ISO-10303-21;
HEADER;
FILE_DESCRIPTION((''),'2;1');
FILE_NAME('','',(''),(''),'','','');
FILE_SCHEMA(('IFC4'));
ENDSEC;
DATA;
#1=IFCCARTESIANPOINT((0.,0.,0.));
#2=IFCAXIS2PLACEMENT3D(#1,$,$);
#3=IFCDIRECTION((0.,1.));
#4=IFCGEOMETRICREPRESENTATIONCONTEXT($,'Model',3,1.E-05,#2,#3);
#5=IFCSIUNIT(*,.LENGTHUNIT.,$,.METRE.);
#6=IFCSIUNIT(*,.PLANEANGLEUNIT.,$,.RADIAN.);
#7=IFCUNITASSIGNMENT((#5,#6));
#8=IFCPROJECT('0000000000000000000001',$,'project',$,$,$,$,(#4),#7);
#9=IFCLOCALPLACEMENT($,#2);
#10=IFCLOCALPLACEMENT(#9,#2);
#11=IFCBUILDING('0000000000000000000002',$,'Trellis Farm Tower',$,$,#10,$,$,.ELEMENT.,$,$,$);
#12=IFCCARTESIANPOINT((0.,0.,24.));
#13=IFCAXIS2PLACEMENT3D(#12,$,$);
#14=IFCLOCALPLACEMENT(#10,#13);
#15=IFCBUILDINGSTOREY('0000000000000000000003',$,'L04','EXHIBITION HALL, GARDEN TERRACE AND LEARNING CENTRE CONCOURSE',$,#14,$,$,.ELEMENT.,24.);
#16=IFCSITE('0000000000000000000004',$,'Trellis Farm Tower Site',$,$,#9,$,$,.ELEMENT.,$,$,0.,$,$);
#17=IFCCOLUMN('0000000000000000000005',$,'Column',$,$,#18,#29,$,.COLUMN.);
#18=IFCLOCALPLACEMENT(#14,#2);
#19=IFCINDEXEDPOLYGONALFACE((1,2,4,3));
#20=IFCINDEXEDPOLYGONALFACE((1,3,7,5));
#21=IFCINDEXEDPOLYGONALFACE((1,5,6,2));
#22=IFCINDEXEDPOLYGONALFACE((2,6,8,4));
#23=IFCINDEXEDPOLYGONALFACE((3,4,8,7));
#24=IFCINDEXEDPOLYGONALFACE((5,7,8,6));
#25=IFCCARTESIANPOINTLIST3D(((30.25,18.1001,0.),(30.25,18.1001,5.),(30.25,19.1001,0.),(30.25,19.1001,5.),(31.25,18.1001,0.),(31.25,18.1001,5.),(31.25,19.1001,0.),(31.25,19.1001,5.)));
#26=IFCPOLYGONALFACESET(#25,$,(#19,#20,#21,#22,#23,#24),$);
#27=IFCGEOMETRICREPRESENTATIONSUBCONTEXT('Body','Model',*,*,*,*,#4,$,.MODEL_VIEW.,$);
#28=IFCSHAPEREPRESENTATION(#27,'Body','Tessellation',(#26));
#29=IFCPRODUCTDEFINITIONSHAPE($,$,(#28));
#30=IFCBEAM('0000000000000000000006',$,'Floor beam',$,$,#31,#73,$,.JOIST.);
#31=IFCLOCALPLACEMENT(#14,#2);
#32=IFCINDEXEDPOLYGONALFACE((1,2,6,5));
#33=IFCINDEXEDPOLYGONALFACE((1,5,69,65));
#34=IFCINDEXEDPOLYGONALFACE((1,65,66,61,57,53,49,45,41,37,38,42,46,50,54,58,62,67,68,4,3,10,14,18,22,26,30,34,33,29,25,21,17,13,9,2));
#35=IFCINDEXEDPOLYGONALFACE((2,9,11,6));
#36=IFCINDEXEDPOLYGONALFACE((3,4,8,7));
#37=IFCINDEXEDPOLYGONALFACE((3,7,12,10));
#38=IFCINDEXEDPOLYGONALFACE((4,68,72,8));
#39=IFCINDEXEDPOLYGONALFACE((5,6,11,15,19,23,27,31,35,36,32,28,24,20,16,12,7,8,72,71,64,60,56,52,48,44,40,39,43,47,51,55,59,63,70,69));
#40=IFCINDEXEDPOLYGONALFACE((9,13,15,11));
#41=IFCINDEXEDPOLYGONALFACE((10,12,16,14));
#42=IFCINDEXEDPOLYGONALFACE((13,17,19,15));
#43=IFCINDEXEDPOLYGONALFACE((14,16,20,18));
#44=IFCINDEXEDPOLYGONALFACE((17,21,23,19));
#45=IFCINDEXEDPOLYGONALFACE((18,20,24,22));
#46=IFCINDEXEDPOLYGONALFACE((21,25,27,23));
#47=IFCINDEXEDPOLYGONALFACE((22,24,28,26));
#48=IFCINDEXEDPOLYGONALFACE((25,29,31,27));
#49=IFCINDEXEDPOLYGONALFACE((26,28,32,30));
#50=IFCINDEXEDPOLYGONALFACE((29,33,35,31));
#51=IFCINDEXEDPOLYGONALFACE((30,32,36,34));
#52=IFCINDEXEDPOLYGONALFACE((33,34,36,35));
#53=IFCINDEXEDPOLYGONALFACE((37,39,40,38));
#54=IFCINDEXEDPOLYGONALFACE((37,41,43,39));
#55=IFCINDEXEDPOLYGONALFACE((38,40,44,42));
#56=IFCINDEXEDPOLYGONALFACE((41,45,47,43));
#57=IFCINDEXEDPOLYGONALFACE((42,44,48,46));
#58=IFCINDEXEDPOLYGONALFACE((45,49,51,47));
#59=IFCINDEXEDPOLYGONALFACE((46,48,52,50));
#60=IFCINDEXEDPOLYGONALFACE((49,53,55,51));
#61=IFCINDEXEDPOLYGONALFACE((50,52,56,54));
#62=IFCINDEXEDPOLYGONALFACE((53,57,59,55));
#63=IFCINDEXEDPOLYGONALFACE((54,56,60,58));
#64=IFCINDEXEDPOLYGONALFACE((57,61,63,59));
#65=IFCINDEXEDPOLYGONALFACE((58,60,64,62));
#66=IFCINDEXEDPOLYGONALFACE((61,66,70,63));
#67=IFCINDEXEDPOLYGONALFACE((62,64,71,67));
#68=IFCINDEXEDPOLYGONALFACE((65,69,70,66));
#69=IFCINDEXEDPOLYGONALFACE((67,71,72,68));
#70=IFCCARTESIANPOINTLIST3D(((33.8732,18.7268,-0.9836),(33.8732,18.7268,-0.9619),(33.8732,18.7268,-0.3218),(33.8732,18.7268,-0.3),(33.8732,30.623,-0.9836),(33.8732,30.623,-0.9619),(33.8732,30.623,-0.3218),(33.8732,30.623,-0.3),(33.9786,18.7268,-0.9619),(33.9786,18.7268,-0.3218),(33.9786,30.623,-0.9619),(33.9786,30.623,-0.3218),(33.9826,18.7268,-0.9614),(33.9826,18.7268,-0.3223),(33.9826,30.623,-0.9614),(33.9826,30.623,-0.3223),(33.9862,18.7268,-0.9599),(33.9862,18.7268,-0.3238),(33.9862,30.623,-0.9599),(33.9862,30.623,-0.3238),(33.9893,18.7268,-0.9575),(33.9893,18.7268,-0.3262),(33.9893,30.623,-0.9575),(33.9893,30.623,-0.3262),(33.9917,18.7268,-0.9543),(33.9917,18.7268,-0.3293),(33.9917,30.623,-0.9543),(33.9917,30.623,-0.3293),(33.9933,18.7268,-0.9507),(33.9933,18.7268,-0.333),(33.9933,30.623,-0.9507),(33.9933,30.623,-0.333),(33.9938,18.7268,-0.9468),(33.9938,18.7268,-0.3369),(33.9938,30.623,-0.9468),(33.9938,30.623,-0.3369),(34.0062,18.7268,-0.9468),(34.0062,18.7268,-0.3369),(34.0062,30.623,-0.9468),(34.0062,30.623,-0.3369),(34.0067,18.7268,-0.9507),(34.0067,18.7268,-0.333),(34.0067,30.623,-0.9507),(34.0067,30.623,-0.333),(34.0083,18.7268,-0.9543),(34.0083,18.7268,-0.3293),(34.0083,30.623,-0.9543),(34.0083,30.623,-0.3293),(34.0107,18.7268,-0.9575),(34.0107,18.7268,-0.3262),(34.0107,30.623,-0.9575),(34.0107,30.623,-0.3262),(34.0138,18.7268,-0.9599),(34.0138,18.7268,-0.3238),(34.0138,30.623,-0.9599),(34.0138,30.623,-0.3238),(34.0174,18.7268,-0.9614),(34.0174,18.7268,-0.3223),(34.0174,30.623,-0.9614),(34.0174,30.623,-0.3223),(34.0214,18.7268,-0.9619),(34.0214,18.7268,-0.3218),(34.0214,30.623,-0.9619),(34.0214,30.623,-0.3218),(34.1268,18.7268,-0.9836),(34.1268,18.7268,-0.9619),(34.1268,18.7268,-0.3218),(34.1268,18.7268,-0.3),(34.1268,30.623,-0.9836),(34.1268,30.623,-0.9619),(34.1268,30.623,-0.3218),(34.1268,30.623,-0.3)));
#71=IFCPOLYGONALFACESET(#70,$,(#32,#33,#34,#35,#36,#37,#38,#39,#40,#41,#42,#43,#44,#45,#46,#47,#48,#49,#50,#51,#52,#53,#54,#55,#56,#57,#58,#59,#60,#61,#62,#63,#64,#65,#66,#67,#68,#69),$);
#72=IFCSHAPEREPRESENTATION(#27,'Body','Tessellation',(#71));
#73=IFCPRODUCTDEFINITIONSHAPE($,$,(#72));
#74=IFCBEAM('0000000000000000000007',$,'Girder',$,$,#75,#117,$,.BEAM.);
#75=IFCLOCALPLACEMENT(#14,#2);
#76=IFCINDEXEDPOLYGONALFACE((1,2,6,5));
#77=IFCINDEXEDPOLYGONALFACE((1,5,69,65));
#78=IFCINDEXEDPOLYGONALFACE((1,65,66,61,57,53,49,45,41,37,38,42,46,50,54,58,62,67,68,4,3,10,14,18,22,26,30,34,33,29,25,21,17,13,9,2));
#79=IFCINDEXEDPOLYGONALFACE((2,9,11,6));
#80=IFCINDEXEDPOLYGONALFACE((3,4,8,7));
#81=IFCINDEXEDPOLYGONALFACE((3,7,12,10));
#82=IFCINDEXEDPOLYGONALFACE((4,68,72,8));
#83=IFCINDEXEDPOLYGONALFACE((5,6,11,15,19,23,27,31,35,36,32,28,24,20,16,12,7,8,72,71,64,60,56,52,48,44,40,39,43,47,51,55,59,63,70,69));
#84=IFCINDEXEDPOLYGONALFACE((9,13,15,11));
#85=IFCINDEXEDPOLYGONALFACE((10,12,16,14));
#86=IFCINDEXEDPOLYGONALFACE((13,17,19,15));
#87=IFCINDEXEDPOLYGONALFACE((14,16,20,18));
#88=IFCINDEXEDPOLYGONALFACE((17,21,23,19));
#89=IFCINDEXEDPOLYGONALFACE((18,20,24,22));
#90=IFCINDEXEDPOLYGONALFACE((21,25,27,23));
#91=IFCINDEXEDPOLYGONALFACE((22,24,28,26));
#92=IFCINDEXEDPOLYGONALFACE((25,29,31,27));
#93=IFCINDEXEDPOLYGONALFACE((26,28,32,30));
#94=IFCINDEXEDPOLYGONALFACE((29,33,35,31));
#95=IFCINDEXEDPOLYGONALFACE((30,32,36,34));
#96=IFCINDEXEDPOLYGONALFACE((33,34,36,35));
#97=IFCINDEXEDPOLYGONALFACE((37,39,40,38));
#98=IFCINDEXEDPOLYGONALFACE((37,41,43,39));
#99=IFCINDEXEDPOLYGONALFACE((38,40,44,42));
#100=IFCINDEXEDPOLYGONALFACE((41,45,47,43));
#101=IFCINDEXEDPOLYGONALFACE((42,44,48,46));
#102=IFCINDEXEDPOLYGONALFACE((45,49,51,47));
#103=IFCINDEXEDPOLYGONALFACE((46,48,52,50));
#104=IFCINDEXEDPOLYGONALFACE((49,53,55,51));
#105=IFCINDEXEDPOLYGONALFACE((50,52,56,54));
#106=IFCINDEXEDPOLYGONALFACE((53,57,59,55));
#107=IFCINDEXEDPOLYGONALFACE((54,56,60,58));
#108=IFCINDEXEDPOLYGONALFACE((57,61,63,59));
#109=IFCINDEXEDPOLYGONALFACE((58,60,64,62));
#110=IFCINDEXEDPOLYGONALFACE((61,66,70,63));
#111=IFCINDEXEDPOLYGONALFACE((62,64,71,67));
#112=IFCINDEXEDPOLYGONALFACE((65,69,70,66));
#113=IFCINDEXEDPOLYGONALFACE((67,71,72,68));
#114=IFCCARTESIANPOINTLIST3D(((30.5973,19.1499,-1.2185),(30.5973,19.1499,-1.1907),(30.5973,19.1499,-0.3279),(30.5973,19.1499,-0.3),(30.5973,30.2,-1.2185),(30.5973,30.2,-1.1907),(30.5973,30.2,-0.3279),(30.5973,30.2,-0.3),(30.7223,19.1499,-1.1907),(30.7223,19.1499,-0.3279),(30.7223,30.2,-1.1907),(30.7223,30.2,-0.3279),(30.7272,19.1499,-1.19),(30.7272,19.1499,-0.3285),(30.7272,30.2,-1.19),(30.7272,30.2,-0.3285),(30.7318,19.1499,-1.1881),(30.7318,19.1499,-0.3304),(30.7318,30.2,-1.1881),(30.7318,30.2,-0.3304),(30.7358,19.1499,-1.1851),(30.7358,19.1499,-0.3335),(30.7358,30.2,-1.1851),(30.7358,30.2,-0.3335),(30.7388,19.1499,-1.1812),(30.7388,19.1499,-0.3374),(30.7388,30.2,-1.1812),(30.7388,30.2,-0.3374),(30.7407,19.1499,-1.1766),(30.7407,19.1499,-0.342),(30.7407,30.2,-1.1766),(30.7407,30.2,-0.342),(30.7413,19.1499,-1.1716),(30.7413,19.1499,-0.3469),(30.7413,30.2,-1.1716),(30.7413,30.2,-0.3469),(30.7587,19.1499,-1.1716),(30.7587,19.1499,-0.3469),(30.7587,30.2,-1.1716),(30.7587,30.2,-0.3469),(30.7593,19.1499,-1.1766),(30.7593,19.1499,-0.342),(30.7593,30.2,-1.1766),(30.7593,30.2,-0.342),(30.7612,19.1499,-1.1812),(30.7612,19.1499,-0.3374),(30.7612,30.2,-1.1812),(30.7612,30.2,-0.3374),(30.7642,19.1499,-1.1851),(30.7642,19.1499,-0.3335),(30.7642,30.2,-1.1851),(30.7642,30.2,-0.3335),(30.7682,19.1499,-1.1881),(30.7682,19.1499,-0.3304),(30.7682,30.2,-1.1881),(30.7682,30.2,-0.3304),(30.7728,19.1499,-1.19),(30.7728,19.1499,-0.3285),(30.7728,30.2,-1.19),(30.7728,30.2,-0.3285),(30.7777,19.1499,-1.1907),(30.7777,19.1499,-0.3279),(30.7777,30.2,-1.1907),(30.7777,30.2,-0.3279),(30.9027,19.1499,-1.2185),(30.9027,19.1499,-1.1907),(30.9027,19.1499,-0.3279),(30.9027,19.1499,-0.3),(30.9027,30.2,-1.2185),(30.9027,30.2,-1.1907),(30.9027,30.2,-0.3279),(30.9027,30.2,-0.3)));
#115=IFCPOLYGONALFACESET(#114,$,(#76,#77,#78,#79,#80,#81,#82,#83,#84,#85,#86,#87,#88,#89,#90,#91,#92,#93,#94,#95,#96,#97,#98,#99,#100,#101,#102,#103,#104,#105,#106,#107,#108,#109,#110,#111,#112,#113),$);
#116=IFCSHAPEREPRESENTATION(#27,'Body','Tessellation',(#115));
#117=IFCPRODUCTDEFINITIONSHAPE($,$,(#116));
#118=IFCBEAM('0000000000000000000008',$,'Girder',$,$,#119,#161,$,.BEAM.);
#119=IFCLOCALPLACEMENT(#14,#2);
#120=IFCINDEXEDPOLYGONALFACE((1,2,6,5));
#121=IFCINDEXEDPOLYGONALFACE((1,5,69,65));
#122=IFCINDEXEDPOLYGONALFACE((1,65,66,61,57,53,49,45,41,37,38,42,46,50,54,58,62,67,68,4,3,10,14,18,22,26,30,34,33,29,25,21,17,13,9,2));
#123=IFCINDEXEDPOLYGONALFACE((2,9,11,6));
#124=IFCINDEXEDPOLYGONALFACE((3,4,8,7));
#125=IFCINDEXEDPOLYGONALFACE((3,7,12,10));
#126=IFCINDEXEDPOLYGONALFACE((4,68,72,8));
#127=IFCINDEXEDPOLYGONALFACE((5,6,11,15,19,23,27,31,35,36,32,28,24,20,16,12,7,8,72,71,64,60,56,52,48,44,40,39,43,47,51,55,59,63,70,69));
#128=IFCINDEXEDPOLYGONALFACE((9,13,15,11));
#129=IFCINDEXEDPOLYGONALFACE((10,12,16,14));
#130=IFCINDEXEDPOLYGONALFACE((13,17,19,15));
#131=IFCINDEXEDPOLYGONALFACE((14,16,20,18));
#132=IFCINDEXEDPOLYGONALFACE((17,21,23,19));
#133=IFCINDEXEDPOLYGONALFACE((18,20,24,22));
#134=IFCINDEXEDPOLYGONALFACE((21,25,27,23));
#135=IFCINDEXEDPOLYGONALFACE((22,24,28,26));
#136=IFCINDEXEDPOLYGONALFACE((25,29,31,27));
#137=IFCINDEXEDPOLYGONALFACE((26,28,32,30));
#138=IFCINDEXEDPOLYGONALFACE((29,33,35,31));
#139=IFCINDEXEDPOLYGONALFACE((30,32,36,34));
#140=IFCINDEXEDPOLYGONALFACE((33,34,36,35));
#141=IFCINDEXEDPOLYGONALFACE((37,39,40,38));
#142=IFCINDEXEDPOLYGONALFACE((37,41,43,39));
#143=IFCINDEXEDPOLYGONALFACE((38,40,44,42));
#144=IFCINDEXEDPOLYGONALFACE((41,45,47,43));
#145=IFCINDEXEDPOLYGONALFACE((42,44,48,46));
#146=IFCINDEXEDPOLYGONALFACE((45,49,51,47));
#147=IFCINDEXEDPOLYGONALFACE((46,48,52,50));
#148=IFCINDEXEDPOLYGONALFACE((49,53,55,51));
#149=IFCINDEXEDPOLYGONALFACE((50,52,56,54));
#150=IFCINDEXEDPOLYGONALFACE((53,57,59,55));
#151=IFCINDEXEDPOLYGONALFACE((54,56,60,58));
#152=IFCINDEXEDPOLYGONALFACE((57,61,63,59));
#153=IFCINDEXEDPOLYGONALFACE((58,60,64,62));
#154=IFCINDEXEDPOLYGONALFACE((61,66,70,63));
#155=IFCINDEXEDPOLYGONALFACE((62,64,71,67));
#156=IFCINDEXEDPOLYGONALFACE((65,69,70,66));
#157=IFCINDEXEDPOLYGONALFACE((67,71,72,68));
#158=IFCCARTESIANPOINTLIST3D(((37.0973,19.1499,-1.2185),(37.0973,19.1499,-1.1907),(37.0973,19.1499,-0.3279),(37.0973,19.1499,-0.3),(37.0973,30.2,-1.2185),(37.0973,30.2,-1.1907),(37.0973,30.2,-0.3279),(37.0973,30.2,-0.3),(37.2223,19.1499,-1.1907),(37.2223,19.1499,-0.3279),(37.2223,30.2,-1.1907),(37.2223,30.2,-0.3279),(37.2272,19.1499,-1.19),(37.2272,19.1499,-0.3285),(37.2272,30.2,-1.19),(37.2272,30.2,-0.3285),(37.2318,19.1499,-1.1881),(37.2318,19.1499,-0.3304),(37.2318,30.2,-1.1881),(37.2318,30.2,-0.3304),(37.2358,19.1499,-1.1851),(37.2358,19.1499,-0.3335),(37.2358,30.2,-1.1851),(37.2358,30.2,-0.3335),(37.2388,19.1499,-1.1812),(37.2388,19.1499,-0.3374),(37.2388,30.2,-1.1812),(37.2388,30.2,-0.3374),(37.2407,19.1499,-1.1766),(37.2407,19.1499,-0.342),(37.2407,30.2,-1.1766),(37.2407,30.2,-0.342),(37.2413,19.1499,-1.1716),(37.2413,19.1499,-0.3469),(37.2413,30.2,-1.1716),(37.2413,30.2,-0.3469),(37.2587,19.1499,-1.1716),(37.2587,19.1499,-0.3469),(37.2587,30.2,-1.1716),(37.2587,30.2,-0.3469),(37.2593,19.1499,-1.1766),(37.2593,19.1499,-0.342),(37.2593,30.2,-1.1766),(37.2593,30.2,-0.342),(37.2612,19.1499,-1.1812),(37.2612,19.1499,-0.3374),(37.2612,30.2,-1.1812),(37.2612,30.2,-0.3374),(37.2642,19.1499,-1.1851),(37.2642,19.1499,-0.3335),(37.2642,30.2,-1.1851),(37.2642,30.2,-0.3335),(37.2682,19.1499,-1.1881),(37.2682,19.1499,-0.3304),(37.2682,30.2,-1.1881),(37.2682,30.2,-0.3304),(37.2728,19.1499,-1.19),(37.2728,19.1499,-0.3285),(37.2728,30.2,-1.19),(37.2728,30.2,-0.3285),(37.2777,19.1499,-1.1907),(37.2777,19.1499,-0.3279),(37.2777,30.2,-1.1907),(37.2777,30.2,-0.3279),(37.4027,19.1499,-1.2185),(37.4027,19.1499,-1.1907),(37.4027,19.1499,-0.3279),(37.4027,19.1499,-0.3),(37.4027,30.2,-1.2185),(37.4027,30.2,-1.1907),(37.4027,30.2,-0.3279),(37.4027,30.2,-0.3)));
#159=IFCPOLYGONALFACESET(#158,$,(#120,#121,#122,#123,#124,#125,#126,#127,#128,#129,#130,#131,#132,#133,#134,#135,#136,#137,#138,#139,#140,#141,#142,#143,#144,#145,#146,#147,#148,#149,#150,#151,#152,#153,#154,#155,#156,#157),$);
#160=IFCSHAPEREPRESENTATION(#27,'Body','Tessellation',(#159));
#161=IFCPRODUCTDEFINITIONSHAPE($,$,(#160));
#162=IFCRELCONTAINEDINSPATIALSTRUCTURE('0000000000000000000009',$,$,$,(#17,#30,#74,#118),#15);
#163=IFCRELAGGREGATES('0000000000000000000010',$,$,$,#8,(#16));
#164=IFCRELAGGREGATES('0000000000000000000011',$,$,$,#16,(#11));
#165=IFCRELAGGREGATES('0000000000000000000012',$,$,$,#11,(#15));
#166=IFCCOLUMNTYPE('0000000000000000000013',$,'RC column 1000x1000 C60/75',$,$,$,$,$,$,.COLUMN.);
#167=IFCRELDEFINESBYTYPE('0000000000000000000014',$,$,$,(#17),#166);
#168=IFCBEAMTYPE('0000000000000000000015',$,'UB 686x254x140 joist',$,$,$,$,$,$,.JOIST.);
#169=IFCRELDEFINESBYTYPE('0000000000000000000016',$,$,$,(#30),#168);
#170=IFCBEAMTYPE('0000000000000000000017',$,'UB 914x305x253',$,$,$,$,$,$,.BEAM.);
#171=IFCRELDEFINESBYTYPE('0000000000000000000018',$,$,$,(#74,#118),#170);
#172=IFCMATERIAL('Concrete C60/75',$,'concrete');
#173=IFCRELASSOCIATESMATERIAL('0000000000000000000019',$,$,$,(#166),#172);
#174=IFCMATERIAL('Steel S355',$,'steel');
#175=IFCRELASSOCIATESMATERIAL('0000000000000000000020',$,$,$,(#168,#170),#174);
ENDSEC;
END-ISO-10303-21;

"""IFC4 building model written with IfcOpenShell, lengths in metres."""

from ifc_helpers import new_model, si_unit, direction, frame, origin, origin_2d, place, context, subcontext, project, spatial, rectangle, i_section, extrude, source, transform, mapped, material, material_profile, profile_set, type_object, element, save


model = new_model("IFC4")

# Units and contexts
model_context = context("Model", 3, precision=1e-05, world=origin(), true_north=direction((0.0, 1.0)))
body_context = subcontext(model_context, "Body", "Model", "MODEL_VIEW")
ifc_project = project(units=[si_unit("LENGTHUNIT", "METRE"), si_unit("PLANEANGLEUNIT", "RADIAN")], contexts=[model_context])

# Site, building, storey
site_placement = place(None, origin())
site = spatial("IfcSite", under=ifc_project, at=site_placement, Name="Trellis Farm Tower Site", CompositionType="ELEMENT", RefElevation=0.0)
building_placement = place(site_placement, origin())
building = spatial("IfcBuilding", under=site, at=building_placement, Name="Trellis Farm Tower", CompositionType="ELEMENT")
storey_placement = place(building_placement, frame((0.0, 0.0, 24.0)))
storey = spatial("IfcBuildingStorey", under=building, at=storey_placement, Name="L04", Description="EXHIBITION HALL, GARDEN TERRACE AND LEARNING CENTRE CONCOURSE", CompositionType="ELEMENT", Elevation=24.0)

# Column
ifc_material_1 = material(Name="Concrete C60/75", Category="concrete")
ifc_material_profile_1 = material_profile(ifc_material_1, rectangle(XDim=1.0, YDim=1.0, at=origin_2d()), Name="RC column 1000x1000 C60/75")
ifc_profile_set_1 = profile_set([ifc_material_profile_1], Name="Concrete C60/75")
column_type = type_object("IfcColumnType", Name="RC column 1000x1000 C60/75", PredefinedType="COLUMN", material=ifc_profile_set_1)
shared_shape_1 = source(origin(), body_context, "Body", "SweptSolid", [
    extrude(rectangle(XDim=1.0, YDim=1.0, at=origin_2d()), origin(), (0.0, 0.0, 1.0), 5.0),
])
column_placement = place(storey_placement, frame((30.75, 18.6001, 0.0), z_axis=(0.0, 0.0, 1.0), x_axis=(1.0, 0.0, 0.0)))
element("IfcColumn", 1, at=column_placement, inside=storey, type_object=column_type, Name="Column", PredefinedType="COLUMN", context=body_context, shape_type="MappedRepresentation", body=[
    mapped(shared_shape_1, transform((0.0, 0.0, 0.0))),
])

# Beams
ifc_material_2 = material(Name="Steel S355", Category="steel")
ifc_material_profile_2 = material_profile(ifc_material_2, i_section(OverallWidth=0.2537, OverallDepth=0.6836, WebThickness=0.0125, FlangeThickness=0.0217, FilletRadius=0.0151, at=origin_2d()), Name="UB 686x254x140")
ifc_profile_set_2 = profile_set([ifc_material_profile_2], Name="Steel S355")
beam_type_1 = type_object("IfcBeamType", Name="UB 686x254x140 joist", PredefinedType="JOIST", material=ifc_profile_set_2)
shared_shape_2 = source(origin(), body_context, "Body", "SweptSolid", [
    extrude(i_section(OverallWidth=0.2537, OverallDepth=0.6836, WebThickness=0.0125, FlangeThickness=0.0217, FilletRadius=0.0151, at=origin_2d()), origin(), (0.0, 0.0, 1.0), 11.8962),
])
beam_1_placement = place(storey_placement, frame((34.0, 18.7268, -0.6418), z_axis=(0.0, 1.0, 0.0), x_axis=(-1.0, 0.0, 0.0)))
element("IfcBeam", 2, at=beam_1_placement, inside=storey, type_object=beam_type_1, Name="Floor beam", PredefinedType="JOIST", context=body_context, shape_type="MappedRepresentation", body=[
    mapped(shared_shape_2, transform((0.0, 0.0, 0.0))),
])
ifc_material_profile_3 = material_profile(ifc_material_2, i_section(OverallWidth=0.3054, OverallDepth=0.9185, WebThickness=0.0173, FlangeThickness=0.0278, FilletRadius=0.019, at=origin_2d()), Name="UB 914x305x253")
ifc_profile_set_3 = profile_set([ifc_material_profile_3], Name="Steel S355")
beam_type_2 = type_object("IfcBeamType", Name="UB 914x305x253", PredefinedType="BEAM", material=ifc_profile_set_3)
shared_shape_3 = source(origin(), body_context, "Body", "SweptSolid", [
    extrude(i_section(OverallWidth=0.3054, OverallDepth=0.9185, WebThickness=0.0173, FlangeThickness=0.0278, FilletRadius=0.019, at=origin_2d()), origin(), (0.0, 0.0, 1.0), 11.05),
])
for number, where, z_axis, x_axis, name in (
    (3, (30.75, 19.1499, -0.7593), (0.0, 1.0, 0.0), (-1.0, 0.0, 0.0), "Girder"),
    (4, (37.25, 19.1499, -0.7593), (0.0, 1.0, 0.0), (-1.0, 0.0, 0.0), "Girder"),
):
    element("IfcBeam", number, at=place(storey_placement, frame(where, z_axis=z_axis, x_axis=x_axis)), inside=storey, type_object=beam_type_2, Name=name, PredefinedType="BEAM", context=body_context, shape_type="MappedRepresentation", body=[
        mapped(shared_shape_3, transform((0.0, 0.0, 0.0))),
    ])

save(model, "model.ifc")
